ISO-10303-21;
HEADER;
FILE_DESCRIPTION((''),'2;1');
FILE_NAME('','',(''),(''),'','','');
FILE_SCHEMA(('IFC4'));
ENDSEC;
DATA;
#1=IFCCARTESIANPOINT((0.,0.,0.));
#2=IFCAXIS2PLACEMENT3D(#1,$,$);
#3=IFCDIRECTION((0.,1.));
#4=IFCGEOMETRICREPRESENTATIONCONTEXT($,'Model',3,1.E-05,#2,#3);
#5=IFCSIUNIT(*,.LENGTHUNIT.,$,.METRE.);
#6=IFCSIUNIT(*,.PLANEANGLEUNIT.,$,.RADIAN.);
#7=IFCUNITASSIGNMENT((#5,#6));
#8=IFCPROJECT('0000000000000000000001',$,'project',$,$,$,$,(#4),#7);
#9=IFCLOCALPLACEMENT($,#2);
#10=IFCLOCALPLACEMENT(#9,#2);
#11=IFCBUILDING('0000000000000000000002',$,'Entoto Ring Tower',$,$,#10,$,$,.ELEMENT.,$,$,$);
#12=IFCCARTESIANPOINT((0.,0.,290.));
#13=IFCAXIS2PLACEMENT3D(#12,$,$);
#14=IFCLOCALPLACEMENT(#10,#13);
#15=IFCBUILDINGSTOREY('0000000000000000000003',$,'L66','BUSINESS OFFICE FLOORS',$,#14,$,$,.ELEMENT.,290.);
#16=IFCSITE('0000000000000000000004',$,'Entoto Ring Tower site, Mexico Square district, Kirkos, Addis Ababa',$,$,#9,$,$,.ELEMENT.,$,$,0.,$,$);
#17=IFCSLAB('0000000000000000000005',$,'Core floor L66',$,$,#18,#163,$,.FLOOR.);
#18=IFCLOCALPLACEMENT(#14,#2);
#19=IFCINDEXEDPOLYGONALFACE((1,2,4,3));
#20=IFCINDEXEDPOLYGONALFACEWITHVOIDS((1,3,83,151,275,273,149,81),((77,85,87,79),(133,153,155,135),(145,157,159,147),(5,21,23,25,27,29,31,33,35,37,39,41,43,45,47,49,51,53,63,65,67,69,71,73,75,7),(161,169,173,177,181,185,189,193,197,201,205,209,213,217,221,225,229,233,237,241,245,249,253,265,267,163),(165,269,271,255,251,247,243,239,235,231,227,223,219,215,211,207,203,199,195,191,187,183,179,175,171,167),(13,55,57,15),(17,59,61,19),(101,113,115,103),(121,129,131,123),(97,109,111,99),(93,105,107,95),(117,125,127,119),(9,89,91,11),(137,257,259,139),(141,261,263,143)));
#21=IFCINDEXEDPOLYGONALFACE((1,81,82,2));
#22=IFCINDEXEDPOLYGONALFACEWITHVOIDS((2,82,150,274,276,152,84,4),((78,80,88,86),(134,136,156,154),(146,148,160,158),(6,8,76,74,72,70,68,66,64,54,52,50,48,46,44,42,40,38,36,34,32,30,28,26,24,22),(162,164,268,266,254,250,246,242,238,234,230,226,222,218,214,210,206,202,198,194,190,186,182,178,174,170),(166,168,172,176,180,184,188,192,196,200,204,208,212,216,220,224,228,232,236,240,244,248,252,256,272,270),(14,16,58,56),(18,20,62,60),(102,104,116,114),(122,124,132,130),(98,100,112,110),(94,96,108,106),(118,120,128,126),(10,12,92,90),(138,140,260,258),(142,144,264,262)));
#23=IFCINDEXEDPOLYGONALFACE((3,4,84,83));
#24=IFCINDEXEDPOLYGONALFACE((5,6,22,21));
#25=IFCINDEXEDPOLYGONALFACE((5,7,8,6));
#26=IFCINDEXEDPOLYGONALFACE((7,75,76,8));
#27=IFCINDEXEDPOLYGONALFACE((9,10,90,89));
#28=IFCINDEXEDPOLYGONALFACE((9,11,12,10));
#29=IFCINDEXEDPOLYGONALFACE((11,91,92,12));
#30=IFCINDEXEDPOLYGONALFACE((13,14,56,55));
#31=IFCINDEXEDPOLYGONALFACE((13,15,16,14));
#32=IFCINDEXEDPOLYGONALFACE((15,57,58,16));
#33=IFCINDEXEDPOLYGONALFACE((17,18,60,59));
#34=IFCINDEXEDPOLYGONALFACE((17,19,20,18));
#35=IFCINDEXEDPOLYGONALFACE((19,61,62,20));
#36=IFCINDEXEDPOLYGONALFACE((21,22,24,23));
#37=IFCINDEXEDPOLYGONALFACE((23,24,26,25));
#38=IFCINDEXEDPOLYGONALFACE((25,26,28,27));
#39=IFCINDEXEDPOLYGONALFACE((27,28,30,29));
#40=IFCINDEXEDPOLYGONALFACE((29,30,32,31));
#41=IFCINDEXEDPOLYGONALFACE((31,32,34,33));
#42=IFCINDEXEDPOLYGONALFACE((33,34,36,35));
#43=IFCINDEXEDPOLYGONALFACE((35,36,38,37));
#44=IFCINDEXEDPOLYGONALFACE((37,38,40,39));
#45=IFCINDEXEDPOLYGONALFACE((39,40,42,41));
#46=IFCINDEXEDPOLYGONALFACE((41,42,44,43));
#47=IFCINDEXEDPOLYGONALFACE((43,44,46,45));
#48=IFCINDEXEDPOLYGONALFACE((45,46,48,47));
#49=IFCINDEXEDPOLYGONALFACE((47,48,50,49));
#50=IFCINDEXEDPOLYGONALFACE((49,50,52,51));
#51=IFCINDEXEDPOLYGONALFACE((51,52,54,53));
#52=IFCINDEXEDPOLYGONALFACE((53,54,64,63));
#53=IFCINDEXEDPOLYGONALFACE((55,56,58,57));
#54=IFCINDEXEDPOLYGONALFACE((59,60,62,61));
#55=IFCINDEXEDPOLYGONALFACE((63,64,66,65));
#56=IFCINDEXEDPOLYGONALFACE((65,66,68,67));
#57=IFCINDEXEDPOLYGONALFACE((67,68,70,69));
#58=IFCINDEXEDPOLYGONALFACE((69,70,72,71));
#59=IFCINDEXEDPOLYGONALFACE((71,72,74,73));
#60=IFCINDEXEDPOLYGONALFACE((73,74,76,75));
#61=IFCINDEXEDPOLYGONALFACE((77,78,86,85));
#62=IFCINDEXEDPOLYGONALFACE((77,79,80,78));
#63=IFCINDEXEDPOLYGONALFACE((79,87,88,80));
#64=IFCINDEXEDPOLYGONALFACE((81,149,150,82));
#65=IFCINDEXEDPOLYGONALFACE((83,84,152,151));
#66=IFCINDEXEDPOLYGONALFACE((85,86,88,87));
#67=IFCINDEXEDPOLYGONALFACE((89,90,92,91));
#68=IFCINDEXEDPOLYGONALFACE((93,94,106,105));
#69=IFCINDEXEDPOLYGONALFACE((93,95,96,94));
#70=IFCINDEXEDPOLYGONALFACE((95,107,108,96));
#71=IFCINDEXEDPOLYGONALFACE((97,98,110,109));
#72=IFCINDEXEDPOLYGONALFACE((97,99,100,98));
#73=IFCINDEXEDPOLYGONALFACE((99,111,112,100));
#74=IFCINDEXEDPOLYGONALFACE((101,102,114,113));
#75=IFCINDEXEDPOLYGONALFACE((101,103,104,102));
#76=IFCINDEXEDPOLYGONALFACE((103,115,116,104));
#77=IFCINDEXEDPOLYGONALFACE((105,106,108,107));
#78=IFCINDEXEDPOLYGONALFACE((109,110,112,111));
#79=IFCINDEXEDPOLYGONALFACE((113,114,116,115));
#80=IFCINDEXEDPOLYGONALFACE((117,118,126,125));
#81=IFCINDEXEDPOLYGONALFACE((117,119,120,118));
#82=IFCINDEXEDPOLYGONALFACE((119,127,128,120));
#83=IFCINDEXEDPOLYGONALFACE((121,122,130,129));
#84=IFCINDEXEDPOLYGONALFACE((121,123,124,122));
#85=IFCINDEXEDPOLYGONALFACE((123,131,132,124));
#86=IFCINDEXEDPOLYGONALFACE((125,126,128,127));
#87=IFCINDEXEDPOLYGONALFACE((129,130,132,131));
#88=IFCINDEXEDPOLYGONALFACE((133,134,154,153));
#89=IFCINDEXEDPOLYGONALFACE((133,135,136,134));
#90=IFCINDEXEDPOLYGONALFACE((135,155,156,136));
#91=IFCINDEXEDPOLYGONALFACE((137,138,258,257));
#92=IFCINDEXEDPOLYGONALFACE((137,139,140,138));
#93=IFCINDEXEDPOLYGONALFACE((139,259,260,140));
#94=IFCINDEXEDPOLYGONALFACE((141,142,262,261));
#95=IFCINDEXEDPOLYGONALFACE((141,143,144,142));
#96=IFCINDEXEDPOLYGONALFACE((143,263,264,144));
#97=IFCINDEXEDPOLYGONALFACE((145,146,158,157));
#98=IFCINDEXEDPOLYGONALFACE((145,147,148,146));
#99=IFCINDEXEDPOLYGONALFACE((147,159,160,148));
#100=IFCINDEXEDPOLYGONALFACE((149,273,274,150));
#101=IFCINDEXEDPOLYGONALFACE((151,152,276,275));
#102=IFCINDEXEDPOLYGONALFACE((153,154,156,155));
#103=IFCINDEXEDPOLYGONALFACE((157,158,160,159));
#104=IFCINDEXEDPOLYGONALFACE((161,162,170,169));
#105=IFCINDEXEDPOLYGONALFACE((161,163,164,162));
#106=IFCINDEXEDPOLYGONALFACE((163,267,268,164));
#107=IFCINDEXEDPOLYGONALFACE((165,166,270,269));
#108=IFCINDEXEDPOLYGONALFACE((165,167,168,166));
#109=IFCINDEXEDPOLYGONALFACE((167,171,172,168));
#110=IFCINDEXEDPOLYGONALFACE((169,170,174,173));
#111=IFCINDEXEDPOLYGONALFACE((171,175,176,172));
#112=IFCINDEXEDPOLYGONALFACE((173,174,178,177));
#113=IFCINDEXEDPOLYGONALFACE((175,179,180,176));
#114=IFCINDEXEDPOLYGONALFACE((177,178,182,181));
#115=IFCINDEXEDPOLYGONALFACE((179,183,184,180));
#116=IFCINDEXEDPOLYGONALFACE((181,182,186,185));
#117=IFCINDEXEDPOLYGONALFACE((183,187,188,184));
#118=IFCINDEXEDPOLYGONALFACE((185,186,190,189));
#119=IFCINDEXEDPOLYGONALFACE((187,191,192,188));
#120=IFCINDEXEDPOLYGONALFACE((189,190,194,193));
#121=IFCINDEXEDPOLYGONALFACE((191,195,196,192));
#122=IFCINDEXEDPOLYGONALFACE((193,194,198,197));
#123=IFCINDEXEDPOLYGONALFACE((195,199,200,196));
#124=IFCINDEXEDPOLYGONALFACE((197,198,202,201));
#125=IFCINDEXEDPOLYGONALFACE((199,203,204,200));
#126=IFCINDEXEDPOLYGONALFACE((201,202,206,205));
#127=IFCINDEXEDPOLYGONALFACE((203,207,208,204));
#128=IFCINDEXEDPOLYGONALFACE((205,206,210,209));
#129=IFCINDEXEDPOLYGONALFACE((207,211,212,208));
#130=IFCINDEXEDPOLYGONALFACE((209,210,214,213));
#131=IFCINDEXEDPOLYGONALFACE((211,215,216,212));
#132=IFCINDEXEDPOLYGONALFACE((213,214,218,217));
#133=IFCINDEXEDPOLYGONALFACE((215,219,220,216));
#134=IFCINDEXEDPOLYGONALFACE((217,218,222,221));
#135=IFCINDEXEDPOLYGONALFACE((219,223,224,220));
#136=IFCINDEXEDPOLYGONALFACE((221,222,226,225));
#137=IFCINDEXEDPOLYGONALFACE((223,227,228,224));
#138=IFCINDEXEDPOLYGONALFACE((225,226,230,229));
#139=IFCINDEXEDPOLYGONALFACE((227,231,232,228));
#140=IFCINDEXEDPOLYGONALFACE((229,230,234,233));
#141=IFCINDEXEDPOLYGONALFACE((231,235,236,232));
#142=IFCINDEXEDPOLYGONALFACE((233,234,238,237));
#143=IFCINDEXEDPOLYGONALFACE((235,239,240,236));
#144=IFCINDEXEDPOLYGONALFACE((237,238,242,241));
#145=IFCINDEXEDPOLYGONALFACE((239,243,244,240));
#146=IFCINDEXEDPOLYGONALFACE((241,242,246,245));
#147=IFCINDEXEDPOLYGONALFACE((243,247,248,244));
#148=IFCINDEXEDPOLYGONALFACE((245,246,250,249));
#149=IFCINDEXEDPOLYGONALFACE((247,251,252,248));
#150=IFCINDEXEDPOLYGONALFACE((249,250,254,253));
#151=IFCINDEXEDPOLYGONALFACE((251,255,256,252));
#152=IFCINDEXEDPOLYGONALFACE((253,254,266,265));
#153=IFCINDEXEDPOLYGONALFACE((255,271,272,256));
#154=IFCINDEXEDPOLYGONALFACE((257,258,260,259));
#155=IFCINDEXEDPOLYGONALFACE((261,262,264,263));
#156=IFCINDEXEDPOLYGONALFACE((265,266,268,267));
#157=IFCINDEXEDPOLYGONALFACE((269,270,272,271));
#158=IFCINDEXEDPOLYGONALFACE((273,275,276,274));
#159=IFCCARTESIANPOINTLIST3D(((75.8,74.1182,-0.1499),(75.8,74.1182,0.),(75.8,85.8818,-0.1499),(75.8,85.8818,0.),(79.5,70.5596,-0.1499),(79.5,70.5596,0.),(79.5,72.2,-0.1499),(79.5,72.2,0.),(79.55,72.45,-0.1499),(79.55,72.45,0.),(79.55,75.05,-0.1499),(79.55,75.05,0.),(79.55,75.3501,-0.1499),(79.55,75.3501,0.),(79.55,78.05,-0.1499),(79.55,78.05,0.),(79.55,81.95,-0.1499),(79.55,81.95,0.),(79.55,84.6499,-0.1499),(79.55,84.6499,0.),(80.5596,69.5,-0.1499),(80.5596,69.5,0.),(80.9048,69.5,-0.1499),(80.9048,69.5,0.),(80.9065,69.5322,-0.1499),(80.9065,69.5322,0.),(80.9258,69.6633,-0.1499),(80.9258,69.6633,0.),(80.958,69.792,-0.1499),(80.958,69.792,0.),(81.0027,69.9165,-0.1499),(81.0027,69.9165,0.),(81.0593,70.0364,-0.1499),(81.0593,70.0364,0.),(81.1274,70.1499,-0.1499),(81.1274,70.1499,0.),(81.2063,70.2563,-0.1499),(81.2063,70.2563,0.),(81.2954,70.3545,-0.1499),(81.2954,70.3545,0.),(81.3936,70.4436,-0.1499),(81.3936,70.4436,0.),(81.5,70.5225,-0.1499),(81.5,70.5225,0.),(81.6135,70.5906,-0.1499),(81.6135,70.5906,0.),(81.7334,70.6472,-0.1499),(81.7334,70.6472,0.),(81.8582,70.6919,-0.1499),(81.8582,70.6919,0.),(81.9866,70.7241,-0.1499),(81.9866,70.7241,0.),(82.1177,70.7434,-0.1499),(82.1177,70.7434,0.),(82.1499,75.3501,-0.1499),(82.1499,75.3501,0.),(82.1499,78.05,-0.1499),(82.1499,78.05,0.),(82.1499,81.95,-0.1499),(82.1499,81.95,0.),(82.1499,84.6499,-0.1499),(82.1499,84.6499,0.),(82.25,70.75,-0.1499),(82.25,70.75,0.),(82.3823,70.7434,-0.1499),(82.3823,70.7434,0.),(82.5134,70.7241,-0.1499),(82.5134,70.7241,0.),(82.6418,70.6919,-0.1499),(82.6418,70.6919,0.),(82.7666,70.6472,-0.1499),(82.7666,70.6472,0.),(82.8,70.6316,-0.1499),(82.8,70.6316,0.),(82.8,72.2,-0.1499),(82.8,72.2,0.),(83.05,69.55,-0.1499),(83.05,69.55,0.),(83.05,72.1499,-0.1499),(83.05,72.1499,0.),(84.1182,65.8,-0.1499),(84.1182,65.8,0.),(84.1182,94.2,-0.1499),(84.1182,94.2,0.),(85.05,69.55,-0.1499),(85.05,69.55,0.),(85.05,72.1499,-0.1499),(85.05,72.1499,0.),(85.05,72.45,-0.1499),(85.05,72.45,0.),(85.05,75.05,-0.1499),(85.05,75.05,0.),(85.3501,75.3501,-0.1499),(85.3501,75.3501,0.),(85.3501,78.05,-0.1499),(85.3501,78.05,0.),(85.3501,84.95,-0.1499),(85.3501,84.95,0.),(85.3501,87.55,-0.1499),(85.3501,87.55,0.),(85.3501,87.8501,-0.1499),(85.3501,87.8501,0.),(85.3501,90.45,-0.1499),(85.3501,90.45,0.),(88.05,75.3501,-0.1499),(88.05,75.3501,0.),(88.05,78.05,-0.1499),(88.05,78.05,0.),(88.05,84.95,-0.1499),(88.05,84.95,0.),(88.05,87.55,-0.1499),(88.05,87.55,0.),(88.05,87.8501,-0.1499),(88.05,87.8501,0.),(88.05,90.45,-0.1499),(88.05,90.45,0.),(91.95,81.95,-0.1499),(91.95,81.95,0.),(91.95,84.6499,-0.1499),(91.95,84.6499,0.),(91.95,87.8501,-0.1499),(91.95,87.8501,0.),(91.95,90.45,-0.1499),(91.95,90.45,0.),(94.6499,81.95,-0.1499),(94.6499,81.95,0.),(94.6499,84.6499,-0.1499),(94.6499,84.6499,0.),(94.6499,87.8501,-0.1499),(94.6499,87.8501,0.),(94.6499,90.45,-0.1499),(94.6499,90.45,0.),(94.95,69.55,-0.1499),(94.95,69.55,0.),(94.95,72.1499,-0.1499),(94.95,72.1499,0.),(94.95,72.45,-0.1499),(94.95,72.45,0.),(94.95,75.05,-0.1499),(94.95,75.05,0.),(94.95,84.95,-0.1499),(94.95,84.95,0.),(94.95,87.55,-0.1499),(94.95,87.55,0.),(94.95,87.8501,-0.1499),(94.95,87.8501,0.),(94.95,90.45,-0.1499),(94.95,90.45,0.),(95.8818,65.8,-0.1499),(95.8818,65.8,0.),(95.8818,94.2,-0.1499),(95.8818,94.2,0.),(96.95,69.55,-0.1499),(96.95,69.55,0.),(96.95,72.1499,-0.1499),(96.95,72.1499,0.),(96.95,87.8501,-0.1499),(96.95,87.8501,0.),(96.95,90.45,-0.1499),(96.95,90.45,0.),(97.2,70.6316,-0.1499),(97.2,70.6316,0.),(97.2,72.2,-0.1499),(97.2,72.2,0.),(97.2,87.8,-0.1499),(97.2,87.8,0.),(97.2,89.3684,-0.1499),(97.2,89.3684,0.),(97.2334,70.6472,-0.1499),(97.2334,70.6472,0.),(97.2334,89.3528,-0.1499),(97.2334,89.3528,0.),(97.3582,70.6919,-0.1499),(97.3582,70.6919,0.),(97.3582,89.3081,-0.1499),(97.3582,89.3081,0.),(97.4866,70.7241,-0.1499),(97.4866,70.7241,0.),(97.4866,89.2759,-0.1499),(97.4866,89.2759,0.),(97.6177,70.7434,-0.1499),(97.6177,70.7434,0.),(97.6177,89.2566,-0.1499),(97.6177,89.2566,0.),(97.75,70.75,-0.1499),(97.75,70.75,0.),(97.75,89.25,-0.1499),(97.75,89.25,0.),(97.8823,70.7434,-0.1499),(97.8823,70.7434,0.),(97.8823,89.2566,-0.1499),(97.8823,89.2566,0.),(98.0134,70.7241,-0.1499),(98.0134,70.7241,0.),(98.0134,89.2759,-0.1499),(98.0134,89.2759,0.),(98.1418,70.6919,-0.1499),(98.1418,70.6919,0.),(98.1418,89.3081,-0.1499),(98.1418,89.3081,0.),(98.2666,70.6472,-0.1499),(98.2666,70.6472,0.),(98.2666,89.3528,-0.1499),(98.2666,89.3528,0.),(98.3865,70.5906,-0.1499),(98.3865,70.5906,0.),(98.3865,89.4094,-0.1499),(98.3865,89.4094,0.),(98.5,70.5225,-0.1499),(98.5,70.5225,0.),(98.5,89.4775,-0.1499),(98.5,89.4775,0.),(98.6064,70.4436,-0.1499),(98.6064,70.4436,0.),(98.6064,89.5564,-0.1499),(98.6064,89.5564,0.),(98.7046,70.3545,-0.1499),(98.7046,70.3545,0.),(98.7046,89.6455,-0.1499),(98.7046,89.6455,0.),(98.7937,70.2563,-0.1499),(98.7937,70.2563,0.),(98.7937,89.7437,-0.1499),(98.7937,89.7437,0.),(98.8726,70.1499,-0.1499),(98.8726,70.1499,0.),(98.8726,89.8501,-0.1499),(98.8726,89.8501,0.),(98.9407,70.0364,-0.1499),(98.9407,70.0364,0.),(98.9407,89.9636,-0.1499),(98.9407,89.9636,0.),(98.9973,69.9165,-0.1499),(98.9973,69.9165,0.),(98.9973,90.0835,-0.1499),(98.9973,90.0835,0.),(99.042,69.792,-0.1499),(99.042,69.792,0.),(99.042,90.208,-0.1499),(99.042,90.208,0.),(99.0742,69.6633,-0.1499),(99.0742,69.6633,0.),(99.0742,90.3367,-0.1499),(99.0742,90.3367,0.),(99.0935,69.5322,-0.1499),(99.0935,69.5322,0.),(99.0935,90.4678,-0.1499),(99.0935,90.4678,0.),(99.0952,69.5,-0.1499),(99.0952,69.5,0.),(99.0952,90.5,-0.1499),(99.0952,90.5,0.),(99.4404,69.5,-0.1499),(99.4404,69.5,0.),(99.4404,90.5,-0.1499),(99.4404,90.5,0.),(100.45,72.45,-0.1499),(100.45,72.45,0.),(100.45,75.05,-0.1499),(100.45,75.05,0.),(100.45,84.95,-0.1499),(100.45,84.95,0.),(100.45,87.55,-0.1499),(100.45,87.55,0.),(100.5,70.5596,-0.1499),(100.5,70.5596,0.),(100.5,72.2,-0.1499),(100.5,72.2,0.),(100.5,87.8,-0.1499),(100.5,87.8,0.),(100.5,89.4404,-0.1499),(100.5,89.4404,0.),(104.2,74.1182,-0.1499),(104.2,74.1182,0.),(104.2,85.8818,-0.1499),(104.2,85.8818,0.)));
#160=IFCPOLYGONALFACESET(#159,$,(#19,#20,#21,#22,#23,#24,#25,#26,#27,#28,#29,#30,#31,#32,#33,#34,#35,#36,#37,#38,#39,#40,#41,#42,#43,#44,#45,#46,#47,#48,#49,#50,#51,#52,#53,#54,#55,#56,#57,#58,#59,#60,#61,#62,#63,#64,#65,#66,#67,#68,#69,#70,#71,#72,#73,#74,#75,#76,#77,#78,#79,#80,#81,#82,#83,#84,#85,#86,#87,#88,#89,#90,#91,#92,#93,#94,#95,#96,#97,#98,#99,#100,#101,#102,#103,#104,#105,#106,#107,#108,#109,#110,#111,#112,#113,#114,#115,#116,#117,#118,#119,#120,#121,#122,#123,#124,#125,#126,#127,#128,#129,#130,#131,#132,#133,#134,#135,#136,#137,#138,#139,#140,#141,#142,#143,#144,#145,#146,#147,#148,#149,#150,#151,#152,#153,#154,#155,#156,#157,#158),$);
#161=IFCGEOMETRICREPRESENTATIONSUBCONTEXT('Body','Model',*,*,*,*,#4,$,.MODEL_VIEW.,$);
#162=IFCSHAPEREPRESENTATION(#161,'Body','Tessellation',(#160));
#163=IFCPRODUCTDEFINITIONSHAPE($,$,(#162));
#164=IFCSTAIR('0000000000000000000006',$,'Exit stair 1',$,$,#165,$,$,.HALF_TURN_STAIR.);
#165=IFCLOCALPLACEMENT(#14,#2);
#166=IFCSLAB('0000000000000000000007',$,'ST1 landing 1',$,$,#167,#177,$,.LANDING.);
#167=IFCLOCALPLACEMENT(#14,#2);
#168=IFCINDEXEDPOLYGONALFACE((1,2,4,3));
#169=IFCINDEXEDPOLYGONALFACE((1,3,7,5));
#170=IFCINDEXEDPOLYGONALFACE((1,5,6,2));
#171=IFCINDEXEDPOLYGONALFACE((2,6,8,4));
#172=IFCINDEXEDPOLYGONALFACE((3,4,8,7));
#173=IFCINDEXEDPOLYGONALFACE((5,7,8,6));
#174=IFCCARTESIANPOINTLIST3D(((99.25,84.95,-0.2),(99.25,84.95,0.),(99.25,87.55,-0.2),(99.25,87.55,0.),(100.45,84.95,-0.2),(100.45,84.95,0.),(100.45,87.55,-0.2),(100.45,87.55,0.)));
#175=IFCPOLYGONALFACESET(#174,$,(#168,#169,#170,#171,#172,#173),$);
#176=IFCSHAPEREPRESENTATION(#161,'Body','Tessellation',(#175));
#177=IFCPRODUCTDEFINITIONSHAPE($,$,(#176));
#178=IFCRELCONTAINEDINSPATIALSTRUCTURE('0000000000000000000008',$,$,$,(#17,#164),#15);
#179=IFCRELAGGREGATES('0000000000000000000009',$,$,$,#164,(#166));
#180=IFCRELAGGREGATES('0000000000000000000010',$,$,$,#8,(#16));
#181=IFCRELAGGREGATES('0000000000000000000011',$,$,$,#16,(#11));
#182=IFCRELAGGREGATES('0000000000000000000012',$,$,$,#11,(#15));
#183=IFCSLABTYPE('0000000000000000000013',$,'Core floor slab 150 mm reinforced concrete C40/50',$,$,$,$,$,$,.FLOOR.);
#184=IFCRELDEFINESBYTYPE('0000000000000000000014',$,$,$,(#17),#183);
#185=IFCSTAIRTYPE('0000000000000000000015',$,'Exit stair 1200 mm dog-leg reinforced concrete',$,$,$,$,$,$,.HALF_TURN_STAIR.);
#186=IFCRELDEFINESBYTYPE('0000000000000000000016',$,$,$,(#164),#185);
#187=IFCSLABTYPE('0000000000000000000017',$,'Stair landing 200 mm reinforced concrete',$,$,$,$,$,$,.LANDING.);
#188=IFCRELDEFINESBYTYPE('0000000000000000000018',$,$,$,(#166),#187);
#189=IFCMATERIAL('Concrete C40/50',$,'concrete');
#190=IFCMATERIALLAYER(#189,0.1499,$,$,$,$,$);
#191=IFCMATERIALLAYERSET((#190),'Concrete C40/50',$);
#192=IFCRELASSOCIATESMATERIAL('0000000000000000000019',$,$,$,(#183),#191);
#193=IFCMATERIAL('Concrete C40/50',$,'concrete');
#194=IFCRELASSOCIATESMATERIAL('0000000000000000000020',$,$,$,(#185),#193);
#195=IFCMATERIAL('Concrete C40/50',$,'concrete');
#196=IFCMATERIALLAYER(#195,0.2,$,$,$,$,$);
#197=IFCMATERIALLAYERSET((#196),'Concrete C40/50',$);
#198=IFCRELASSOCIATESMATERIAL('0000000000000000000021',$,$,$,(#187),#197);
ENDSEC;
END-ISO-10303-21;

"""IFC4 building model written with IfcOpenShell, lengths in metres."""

from ifc_helpers import new_model, si_unit, direction, frame, origin, place, context, subcontext, project, spatial, polyline, outline, extrude, material, layer, layer_set, type_object, element, aggregate, save


model = new_model("IFC4")

# Units and contexts
model_context = context("Model", 3, precision=1e-05, world=origin(), true_north=direction((0.0, 1.0)))
body_context = subcontext(model_context, "Body", "Model", "MODEL_VIEW")
ifc_project = project(units=[si_unit("LENGTHUNIT", "METRE"), si_unit("PLANEANGLEUNIT", "RADIAN")], contexts=[model_context])

# Site, building, storey
site_placement = place(None, origin())
building_placement = place(site_placement, origin())
storey_placement = place(building_placement, frame((0.0, 0.0, 290.0)))
site = spatial("IfcSite", under=ifc_project, at=site_placement, Name="Entoto Ring Tower site, Mexico Square district, Kirkos, Addis Ababa", CompositionType="ELEMENT", RefElevation=0.0)
building = spatial("IfcBuilding", under=site, at=building_placement, Name="Entoto Ring Tower", CompositionType="ELEMENT")
storey = spatial("IfcBuildingStorey", under=building, at=storey_placement, Name="L66", Description="BUSINESS OFFICE FLOORS", CompositionType="ELEMENT", Elevation=290.0)

# Slab
ifc_material_1 = material(Name="Concrete C40/50", Category="concrete")
ifc_layer_1 = layer(ifc_material_1, 0.1499)
ifc_layer_set_1 = layer_set([ifc_layer_1], Name="Concrete C40/50")
slab_type_1 = type_object("IfcSlabType", Name="Core floor slab 150 mm reinforced concrete C40/50", PredefinedType="FLOOR", material=ifc_layer_set_1)
slab_1_placement = place(storey_placement, frame((0.0, 0.0, -0.1499)))
element("IfcSlab", 1, at=slab_1_placement, inside=storey, type_object=slab_type_1, Name="Core floor L66", PredefinedType="FLOOR", context=body_context, shape_type="SweptSolid", body=[
    extrude(outline(polyline([(104.2, 74.1182), (104.2, 85.8818), (95.8818, 94.2), (84.1182, 94.2), (75.8, 85.8818), (75.8, 74.1182), (84.1182, 65.8), (95.8818, 65.8), (104.2, 74.1182)]), holes=[polyline([(100.45, 84.95), (100.45, 87.55), (94.95, 87.55), (94.95, 84.95), (100.45, 84.95)]), polyline([(85.05, 72.45), (85.05, 75.05), (79.55, 75.05), (79.55, 72.45), (85.05, 72.45)]), polyline([(100.45, 72.45), (100.45, 75.05), (94.95, 75.05), (94.95, 72.45), (100.45, 72.45)]), polyline([(94.95, 90.45), (94.95, 87.8501), (96.95, 87.8501), (96.95, 90.45), (94.95, 90.45)]), polyline([(94.95, 72.1499), (94.95, 69.55), (96.95, 69.55), (96.95, 72.1499), (94.95, 72.1499)]), polyline([(83.05, 72.1499), (83.05, 69.55), (85.05, 69.55), (85.05, 72.1499), (83.05, 72.1499)]), polyline([(79.55, 81.95), (82.1499, 81.95), (82.1499, 84.6499), (79.55, 84.6499), (79.55, 81.95)]), polyline([(79.55, 75.3501), (82.1499, 75.3501), (82.1499, 78.05), (79.55, 78.05), (79.55, 75.3501)]), polyline([(91.95, 87.8501), (94.6499, 87.8501), (94.6499, 90.45), (91.95, 90.45), (91.95, 87.8501)]), polyline([(91.95, 81.95), (94.6499, 81.95), (94.6499, 84.6499), (91.95, 84.6499), (91.95, 81.95)]), polyline([(85.3501, 75.3501), (88.05, 75.3501), (88.05, 78.05), (85.3501, 78.05), (85.3501, 75.3501)]), polyline([(85.3501, 84.95), (88.05, 84.95), (88.05, 87.55), (85.3501, 87.55), (85.3501, 84.95)]), polyline([(85.3501, 87.8501), (88.05, 87.8501), (88.05, 90.45), (85.3501, 90.45), (85.3501, 87.8501)]), polyline([(97.2, 89.3684), (97.2, 87.8), (100.5, 87.8), (100.5, 89.4404), (99.4404, 90.5), (99.0952, 90.5), (99.0935, 90.4678), (99.0742, 90.3367), (99.042, 90.208), (98.9973, 90.0835), (98.9407, 89.9636), (98.8726, 89.8501), (98.7937, 89.7437), (98.7046, 89.6455), (98.6064, 89.5564), (98.5, 89.4775), (98.3865, 89.4094), (98.2666, 89.3528), (98.1418, 89.3081), (98.0134, 89.2759), (97.8823, 89.2566), (97.75, 89.25), (97.6177, 89.2566), (97.4866, 89.2759), (97.3582, 89.3081), (97.2334, 89.3528), (97.2, 89.3684)]), polyline([(80.5596, 69.5), (80.9048, 69.5), (80.9065, 69.5322), (80.9258, 69.6633), (80.958, 69.792), (81.0027, 69.9165), (81.0593, 70.0364), (81.1274, 70.1499), (81.2063, 70.2563), (81.2954, 70.3545), (81.3936, 70.4436), (81.5, 70.5225), (81.6135, 70.5906), (81.7334, 70.6472), (81.8582, 70.6919), (81.9866, 70.7241), (82.1177, 70.7434), (82.25, 70.75), (82.3823, 70.7434), (82.5134, 70.7241), (82.6418, 70.6919), (82.7666, 70.6472), (82.8, 70.6316), (82.8, 72.2), (79.5, 72.2), (79.5, 70.5596), (80.5596, 69.5)]), polyline([(99.0952, 69.5), (99.4404, 69.5), (100.5, 70.5596), (100.5, 72.2), (97.2, 72.2), (97.2, 70.6316), (97.2334, 70.6472), (97.3582, 70.6919), (97.4866, 70.7241), (97.6177, 70.7434), (97.75, 70.75), (97.8823, 70.7434), (98.0134, 70.7241), (98.1418, 70.6919), (98.2666, 70.6472), (98.3865, 70.5906), (98.5, 70.5225), (98.6064, 70.4436), (98.7046, 70.3545), (98.7937, 70.2563), (98.8726, 70.1499), (98.9407, 70.0364), (98.9973, 69.9165), (99.042, 69.792), (99.0742, 69.6633), (99.0935, 69.5322), (99.0952, 69.5)])]), origin(), (0.0, 0.0, 1.0), 0.1499),
])

# Stair, slab
ifc_material_2 = material(Name="Concrete C40/50", Category="concrete")
stair_type = type_object("IfcStairType", Name="Exit stair 1200 mm dog-leg reinforced concrete", PredefinedType="HALF_TURN_STAIR", material=ifc_material_2)
stair_1_placement = place(storey_placement, origin())
stair_1 = element("IfcStair", 2, at=stair_1_placement, inside=storey, type_object=stair_type, Name="Exit stair 1", PredefinedType="HALF_TURN_STAIR")
ifc_material_3 = material(Name="Concrete C40/50", Category="concrete")
ifc_layer_2 = layer(ifc_material_3, 0.2)
ifc_layer_set_2 = layer_set([ifc_layer_2], Name="Concrete C40/50")
slab_type_2 = type_object("IfcSlabType", Name="Stair landing 200 mm reinforced concrete", PredefinedType="LANDING", material=ifc_layer_set_2)
slab_2_placement = place(storey_placement, frame((0.0, 0.0, -0.2)))
slab_2 = element("IfcSlab", 3, at=slab_2_placement, type_object=slab_type_2, Name="ST1 landing 1", PredefinedType="LANDING", context=body_context, shape_type="SweptSolid", body=[
    extrude(outline(polyline([(100.45, 84.95), (100.45, 87.55), (99.25, 87.55), (99.25, 84.95), (100.45, 84.95)])), origin(), (0.0, 0.0, 1.0), 0.2),
])
aggregate(stair_1, [slab_2])

save(model, "model.ifc")
